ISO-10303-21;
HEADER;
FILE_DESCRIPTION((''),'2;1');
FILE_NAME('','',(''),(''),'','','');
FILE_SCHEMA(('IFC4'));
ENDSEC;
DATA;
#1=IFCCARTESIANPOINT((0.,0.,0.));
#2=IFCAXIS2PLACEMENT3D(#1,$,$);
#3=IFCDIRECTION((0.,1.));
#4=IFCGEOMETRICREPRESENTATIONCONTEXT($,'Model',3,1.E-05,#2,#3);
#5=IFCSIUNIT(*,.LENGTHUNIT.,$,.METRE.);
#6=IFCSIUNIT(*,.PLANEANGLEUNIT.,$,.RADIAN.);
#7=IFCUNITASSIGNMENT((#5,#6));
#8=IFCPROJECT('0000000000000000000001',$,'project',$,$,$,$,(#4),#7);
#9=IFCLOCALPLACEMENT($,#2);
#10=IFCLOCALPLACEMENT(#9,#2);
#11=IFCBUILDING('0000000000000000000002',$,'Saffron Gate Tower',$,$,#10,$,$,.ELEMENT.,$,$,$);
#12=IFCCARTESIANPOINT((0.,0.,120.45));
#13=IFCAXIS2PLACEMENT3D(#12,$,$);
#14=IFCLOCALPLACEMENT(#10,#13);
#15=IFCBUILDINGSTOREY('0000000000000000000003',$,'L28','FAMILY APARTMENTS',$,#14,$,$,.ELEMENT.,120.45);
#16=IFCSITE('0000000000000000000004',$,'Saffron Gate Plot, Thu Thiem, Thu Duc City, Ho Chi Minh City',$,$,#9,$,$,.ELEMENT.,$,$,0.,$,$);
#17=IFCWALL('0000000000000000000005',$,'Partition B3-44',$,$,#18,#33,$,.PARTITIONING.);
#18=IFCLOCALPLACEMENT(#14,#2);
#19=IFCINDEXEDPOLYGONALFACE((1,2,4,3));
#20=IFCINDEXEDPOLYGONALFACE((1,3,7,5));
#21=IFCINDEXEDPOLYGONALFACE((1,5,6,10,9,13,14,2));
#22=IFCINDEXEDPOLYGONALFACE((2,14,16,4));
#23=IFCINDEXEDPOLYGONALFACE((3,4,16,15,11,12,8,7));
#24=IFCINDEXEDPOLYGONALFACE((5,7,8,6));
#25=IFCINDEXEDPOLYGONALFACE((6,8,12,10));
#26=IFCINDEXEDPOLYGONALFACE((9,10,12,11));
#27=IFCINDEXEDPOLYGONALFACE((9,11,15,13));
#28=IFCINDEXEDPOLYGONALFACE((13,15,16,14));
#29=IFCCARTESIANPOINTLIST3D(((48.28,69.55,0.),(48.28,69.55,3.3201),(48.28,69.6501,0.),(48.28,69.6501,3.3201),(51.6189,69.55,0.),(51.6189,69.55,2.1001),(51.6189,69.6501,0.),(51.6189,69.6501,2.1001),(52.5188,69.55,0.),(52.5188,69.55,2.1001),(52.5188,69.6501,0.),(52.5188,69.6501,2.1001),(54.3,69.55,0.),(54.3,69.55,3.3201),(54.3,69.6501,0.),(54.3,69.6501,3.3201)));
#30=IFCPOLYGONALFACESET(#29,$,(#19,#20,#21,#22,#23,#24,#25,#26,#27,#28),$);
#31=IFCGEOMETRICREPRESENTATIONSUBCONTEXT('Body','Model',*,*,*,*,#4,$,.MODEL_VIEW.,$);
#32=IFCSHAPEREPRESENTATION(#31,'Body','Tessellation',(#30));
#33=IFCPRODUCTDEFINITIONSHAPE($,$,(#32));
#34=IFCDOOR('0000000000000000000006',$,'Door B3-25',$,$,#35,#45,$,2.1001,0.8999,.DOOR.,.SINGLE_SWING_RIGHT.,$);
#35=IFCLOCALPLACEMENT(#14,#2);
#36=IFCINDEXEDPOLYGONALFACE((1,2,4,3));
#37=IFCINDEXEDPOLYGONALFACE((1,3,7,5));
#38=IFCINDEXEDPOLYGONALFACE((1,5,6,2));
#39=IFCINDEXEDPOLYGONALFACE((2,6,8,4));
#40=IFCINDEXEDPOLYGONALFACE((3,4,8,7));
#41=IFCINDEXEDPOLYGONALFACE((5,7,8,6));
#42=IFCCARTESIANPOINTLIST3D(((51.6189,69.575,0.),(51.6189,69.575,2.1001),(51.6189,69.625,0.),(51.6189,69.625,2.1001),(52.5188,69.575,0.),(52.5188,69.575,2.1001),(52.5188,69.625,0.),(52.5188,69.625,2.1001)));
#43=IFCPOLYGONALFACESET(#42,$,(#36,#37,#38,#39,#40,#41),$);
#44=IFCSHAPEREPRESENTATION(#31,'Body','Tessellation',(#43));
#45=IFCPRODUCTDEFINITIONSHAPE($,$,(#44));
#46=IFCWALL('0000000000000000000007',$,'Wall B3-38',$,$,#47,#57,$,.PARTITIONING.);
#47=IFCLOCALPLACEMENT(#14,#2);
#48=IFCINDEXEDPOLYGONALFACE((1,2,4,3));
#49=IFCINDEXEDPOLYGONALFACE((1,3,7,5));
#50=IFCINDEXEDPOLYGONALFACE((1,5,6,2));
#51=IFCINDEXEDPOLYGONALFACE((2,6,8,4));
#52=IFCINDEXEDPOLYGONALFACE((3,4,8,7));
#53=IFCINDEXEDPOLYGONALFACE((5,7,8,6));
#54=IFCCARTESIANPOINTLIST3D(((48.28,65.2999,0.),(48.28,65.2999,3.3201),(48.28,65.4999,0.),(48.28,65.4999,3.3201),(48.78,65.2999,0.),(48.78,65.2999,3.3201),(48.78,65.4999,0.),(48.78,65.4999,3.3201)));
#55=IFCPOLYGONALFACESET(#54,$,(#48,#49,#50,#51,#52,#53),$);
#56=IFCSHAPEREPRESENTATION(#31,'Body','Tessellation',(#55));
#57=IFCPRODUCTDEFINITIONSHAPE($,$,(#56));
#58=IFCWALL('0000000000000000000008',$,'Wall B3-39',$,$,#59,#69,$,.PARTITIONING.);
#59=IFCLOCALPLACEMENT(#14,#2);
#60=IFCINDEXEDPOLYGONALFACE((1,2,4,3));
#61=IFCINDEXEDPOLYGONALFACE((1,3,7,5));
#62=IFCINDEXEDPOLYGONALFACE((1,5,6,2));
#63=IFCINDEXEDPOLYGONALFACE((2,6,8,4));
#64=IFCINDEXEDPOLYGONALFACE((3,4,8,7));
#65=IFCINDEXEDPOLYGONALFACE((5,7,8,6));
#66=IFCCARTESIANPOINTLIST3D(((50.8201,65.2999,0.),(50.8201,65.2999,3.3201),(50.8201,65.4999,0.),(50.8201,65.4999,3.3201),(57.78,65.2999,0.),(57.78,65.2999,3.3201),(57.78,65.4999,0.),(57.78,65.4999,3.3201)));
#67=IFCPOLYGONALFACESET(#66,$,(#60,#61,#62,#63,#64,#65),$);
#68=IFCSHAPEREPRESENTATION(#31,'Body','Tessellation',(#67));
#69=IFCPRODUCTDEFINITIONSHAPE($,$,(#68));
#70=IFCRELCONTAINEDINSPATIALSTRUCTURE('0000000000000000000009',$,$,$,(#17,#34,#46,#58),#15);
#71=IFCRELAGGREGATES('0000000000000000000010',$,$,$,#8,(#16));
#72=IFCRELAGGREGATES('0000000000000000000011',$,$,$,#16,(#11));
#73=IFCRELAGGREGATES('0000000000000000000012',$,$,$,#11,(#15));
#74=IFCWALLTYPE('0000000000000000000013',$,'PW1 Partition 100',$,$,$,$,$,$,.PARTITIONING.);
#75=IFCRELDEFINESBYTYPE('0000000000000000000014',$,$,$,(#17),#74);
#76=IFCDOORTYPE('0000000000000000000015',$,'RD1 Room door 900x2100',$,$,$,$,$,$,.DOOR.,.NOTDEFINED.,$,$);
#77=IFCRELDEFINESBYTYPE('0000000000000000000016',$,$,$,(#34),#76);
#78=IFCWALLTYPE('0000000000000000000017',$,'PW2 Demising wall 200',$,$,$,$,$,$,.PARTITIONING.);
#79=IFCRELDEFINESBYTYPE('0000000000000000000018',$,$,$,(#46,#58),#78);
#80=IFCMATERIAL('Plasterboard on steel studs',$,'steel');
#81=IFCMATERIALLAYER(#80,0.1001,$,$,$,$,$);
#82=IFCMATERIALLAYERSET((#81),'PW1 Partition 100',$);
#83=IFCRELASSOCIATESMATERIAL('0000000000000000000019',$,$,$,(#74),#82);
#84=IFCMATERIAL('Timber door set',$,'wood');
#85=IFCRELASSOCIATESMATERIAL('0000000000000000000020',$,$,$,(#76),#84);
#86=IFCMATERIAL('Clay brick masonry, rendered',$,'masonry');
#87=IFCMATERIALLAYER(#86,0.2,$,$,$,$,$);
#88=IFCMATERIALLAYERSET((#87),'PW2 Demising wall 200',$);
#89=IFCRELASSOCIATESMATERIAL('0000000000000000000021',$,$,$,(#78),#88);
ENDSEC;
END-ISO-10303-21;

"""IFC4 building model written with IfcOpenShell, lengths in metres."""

from ifc_helpers import new_model, si_unit, direction, frame, frame_2d, origin, place, context, subcontext, project, spatial, rectangle, extrude, material, layer, layer_set, type_object, element, fill, save


model = new_model("IFC4")

# Units and contexts
model_context = context("Model", 3, precision=1e-05, world=origin(), true_north=direction((0.0, 1.0)))
body_context = subcontext(model_context, "Body", "Model", "MODEL_VIEW")
ifc_project = project(units=[si_unit("LENGTHUNIT", "METRE"), si_unit("PLANEANGLEUNIT", "RADIAN")], contexts=[model_context])

# Site, building, storey
site_placement = place(None, origin())
site = spatial("IfcSite", under=ifc_project, at=site_placement, Name="Saffron Gate Plot, Thu Thiem, Thu Duc City, Ho Chi Minh City", CompositionType="ELEMENT", RefElevation=0.0)
building_placement = place(site_placement, origin())
building = spatial("IfcBuilding", under=site, at=building_placement, Name="Saffron Gate Tower", CompositionType="ELEMENT")
storey_placement = place(building_placement, frame((0.0, 0.0, 120.45)))
storey = spatial("IfcBuildingStorey", under=building, at=storey_placement, Name="L28", Description="FAMILY APARTMENTS", CompositionType="ELEMENT", Elevation=120.45)

# Wall, opening, door
ifc_material_1 = material(Name="Plasterboard on steel studs", Category="steel")
ifc_layer_1 = layer(ifc_material_1, 0.1001)
ifc_layer_set_1 = layer_set([ifc_layer_1], Name="PW1 Partition 100")
wall_type_1 = type_object("IfcWallType", Name="PW1 Partition 100", PredefinedType="PARTITIONING", material=ifc_layer_set_1)
wall_1_placement = place(storey_placement, frame((48.28, 69.6001, 0.0), z_axis=(0.0, 0.0, 1.0), x_axis=(1.0, 0.0, 0.0)))
wall_1 = element("IfcWall", 1, at=wall_1_placement, inside=storey, type_object=wall_type_1, Name="Partition B3-44", PredefinedType="PARTITIONING", context=body_context, shape_type="SweptSolid", body=[
    extrude(rectangle(XDim=6.02, YDim=0.1001, at=frame_2d((3.01, 0.0))), origin(), (0.0, 0.0, 1.0), 3.3201),
])
opening_1_placement = place(wall_1_placement, frame((3.3389, 0.0, 0.0)))
opening_1 = element("IfcOpeningElement", 2, at=opening_1_placement, cuts=wall_1, PredefinedType="OPENING", context=body_context, shape_type="SweptSolid", body=[
    extrude(rectangle(XDim=0.8999, YDim=2.1001, at=frame_2d((0.45, 1.05))), frame((0.0, 0.0601, 0.0), z_axis=(0.0, -1.0, 0.0), x_axis=(1.0, 0.0, 0.0)), (0.0, 0.0, 1.0), 0.1201),
])
ifc_material_2 = material(Name="Timber door set", Category="wood")
door_type = type_object("IfcDoorType", Name="RD1 Room door 900x2100", OperationType="NOTDEFINED", PredefinedType="DOOR", material=ifc_material_2)
door_placement = place(opening_1_placement, origin())
door = element("IfcDoor", 3, at=door_placement, inside=storey, type_object=door_type, Name="Door B3-25", OperationType="SINGLE_SWING_RIGHT", OverallHeight=2.1001, OverallWidth=0.8999, PredefinedType="DOOR", context=body_context, shape_type="SweptSolid", body=[
    extrude(rectangle(XDim=0.8999, YDim=2.1001, at=frame_2d((0.45, 1.05))), frame((0.0, 0.0249, 0.0), z_axis=(0.0, -1.0, 0.0), x_axis=(1.0, 0.0, 0.0)), (0.0, 0.0, 1.0), 0.05),
])
fill(opening_1, door)

# Walls
ifc_material_3 = material(Name="Clay brick masonry, rendered", Category="masonry")
ifc_layer_2 = layer(ifc_material_3, 0.2)
ifc_layer_set_2 = layer_set([ifc_layer_2], Name="PW2 Demising wall 200")
wall_type_2 = type_object("IfcWallType", Name="PW2 Demising wall 200", PredefinedType="PARTITIONING", material=ifc_layer_set_2)
wall_2_placement = place(storey_placement, frame((48.28, 65.3999, 0.0), z_axis=(0.0, 0.0, 1.0), x_axis=(1.0, 0.0, 0.0)))
element("IfcWall", 4, at=wall_2_placement, inside=storey, type_object=wall_type_2, Name="Wall B3-38", PredefinedType="PARTITIONING", context=body_context, shape_type="SweptSolid", body=[
    extrude(rectangle(XDim=0.5, YDim=0.2, at=frame_2d((0.25, 0.0))), origin(), (0.0, 0.0, 1.0), 3.3201),
])
wall_3_placement = place(storey_placement, frame((50.8201, 65.3999, 0.0), z_axis=(0.0, 0.0, 1.0), x_axis=(1.0, 0.0, 0.0)))
element("IfcWall", 5, at=wall_3_placement, inside=storey, type_object=wall_type_2, Name="Wall B3-39", PredefinedType="PARTITIONING", context=body_context, shape_type="SweptSolid", body=[
    extrude(rectangle(XDim=6.96, YDim=0.2, at=frame_2d((3.48, 0.0))), origin(), (0.0, 0.0, 1.0), 3.3201),
])

save(model, "model.ifc")
